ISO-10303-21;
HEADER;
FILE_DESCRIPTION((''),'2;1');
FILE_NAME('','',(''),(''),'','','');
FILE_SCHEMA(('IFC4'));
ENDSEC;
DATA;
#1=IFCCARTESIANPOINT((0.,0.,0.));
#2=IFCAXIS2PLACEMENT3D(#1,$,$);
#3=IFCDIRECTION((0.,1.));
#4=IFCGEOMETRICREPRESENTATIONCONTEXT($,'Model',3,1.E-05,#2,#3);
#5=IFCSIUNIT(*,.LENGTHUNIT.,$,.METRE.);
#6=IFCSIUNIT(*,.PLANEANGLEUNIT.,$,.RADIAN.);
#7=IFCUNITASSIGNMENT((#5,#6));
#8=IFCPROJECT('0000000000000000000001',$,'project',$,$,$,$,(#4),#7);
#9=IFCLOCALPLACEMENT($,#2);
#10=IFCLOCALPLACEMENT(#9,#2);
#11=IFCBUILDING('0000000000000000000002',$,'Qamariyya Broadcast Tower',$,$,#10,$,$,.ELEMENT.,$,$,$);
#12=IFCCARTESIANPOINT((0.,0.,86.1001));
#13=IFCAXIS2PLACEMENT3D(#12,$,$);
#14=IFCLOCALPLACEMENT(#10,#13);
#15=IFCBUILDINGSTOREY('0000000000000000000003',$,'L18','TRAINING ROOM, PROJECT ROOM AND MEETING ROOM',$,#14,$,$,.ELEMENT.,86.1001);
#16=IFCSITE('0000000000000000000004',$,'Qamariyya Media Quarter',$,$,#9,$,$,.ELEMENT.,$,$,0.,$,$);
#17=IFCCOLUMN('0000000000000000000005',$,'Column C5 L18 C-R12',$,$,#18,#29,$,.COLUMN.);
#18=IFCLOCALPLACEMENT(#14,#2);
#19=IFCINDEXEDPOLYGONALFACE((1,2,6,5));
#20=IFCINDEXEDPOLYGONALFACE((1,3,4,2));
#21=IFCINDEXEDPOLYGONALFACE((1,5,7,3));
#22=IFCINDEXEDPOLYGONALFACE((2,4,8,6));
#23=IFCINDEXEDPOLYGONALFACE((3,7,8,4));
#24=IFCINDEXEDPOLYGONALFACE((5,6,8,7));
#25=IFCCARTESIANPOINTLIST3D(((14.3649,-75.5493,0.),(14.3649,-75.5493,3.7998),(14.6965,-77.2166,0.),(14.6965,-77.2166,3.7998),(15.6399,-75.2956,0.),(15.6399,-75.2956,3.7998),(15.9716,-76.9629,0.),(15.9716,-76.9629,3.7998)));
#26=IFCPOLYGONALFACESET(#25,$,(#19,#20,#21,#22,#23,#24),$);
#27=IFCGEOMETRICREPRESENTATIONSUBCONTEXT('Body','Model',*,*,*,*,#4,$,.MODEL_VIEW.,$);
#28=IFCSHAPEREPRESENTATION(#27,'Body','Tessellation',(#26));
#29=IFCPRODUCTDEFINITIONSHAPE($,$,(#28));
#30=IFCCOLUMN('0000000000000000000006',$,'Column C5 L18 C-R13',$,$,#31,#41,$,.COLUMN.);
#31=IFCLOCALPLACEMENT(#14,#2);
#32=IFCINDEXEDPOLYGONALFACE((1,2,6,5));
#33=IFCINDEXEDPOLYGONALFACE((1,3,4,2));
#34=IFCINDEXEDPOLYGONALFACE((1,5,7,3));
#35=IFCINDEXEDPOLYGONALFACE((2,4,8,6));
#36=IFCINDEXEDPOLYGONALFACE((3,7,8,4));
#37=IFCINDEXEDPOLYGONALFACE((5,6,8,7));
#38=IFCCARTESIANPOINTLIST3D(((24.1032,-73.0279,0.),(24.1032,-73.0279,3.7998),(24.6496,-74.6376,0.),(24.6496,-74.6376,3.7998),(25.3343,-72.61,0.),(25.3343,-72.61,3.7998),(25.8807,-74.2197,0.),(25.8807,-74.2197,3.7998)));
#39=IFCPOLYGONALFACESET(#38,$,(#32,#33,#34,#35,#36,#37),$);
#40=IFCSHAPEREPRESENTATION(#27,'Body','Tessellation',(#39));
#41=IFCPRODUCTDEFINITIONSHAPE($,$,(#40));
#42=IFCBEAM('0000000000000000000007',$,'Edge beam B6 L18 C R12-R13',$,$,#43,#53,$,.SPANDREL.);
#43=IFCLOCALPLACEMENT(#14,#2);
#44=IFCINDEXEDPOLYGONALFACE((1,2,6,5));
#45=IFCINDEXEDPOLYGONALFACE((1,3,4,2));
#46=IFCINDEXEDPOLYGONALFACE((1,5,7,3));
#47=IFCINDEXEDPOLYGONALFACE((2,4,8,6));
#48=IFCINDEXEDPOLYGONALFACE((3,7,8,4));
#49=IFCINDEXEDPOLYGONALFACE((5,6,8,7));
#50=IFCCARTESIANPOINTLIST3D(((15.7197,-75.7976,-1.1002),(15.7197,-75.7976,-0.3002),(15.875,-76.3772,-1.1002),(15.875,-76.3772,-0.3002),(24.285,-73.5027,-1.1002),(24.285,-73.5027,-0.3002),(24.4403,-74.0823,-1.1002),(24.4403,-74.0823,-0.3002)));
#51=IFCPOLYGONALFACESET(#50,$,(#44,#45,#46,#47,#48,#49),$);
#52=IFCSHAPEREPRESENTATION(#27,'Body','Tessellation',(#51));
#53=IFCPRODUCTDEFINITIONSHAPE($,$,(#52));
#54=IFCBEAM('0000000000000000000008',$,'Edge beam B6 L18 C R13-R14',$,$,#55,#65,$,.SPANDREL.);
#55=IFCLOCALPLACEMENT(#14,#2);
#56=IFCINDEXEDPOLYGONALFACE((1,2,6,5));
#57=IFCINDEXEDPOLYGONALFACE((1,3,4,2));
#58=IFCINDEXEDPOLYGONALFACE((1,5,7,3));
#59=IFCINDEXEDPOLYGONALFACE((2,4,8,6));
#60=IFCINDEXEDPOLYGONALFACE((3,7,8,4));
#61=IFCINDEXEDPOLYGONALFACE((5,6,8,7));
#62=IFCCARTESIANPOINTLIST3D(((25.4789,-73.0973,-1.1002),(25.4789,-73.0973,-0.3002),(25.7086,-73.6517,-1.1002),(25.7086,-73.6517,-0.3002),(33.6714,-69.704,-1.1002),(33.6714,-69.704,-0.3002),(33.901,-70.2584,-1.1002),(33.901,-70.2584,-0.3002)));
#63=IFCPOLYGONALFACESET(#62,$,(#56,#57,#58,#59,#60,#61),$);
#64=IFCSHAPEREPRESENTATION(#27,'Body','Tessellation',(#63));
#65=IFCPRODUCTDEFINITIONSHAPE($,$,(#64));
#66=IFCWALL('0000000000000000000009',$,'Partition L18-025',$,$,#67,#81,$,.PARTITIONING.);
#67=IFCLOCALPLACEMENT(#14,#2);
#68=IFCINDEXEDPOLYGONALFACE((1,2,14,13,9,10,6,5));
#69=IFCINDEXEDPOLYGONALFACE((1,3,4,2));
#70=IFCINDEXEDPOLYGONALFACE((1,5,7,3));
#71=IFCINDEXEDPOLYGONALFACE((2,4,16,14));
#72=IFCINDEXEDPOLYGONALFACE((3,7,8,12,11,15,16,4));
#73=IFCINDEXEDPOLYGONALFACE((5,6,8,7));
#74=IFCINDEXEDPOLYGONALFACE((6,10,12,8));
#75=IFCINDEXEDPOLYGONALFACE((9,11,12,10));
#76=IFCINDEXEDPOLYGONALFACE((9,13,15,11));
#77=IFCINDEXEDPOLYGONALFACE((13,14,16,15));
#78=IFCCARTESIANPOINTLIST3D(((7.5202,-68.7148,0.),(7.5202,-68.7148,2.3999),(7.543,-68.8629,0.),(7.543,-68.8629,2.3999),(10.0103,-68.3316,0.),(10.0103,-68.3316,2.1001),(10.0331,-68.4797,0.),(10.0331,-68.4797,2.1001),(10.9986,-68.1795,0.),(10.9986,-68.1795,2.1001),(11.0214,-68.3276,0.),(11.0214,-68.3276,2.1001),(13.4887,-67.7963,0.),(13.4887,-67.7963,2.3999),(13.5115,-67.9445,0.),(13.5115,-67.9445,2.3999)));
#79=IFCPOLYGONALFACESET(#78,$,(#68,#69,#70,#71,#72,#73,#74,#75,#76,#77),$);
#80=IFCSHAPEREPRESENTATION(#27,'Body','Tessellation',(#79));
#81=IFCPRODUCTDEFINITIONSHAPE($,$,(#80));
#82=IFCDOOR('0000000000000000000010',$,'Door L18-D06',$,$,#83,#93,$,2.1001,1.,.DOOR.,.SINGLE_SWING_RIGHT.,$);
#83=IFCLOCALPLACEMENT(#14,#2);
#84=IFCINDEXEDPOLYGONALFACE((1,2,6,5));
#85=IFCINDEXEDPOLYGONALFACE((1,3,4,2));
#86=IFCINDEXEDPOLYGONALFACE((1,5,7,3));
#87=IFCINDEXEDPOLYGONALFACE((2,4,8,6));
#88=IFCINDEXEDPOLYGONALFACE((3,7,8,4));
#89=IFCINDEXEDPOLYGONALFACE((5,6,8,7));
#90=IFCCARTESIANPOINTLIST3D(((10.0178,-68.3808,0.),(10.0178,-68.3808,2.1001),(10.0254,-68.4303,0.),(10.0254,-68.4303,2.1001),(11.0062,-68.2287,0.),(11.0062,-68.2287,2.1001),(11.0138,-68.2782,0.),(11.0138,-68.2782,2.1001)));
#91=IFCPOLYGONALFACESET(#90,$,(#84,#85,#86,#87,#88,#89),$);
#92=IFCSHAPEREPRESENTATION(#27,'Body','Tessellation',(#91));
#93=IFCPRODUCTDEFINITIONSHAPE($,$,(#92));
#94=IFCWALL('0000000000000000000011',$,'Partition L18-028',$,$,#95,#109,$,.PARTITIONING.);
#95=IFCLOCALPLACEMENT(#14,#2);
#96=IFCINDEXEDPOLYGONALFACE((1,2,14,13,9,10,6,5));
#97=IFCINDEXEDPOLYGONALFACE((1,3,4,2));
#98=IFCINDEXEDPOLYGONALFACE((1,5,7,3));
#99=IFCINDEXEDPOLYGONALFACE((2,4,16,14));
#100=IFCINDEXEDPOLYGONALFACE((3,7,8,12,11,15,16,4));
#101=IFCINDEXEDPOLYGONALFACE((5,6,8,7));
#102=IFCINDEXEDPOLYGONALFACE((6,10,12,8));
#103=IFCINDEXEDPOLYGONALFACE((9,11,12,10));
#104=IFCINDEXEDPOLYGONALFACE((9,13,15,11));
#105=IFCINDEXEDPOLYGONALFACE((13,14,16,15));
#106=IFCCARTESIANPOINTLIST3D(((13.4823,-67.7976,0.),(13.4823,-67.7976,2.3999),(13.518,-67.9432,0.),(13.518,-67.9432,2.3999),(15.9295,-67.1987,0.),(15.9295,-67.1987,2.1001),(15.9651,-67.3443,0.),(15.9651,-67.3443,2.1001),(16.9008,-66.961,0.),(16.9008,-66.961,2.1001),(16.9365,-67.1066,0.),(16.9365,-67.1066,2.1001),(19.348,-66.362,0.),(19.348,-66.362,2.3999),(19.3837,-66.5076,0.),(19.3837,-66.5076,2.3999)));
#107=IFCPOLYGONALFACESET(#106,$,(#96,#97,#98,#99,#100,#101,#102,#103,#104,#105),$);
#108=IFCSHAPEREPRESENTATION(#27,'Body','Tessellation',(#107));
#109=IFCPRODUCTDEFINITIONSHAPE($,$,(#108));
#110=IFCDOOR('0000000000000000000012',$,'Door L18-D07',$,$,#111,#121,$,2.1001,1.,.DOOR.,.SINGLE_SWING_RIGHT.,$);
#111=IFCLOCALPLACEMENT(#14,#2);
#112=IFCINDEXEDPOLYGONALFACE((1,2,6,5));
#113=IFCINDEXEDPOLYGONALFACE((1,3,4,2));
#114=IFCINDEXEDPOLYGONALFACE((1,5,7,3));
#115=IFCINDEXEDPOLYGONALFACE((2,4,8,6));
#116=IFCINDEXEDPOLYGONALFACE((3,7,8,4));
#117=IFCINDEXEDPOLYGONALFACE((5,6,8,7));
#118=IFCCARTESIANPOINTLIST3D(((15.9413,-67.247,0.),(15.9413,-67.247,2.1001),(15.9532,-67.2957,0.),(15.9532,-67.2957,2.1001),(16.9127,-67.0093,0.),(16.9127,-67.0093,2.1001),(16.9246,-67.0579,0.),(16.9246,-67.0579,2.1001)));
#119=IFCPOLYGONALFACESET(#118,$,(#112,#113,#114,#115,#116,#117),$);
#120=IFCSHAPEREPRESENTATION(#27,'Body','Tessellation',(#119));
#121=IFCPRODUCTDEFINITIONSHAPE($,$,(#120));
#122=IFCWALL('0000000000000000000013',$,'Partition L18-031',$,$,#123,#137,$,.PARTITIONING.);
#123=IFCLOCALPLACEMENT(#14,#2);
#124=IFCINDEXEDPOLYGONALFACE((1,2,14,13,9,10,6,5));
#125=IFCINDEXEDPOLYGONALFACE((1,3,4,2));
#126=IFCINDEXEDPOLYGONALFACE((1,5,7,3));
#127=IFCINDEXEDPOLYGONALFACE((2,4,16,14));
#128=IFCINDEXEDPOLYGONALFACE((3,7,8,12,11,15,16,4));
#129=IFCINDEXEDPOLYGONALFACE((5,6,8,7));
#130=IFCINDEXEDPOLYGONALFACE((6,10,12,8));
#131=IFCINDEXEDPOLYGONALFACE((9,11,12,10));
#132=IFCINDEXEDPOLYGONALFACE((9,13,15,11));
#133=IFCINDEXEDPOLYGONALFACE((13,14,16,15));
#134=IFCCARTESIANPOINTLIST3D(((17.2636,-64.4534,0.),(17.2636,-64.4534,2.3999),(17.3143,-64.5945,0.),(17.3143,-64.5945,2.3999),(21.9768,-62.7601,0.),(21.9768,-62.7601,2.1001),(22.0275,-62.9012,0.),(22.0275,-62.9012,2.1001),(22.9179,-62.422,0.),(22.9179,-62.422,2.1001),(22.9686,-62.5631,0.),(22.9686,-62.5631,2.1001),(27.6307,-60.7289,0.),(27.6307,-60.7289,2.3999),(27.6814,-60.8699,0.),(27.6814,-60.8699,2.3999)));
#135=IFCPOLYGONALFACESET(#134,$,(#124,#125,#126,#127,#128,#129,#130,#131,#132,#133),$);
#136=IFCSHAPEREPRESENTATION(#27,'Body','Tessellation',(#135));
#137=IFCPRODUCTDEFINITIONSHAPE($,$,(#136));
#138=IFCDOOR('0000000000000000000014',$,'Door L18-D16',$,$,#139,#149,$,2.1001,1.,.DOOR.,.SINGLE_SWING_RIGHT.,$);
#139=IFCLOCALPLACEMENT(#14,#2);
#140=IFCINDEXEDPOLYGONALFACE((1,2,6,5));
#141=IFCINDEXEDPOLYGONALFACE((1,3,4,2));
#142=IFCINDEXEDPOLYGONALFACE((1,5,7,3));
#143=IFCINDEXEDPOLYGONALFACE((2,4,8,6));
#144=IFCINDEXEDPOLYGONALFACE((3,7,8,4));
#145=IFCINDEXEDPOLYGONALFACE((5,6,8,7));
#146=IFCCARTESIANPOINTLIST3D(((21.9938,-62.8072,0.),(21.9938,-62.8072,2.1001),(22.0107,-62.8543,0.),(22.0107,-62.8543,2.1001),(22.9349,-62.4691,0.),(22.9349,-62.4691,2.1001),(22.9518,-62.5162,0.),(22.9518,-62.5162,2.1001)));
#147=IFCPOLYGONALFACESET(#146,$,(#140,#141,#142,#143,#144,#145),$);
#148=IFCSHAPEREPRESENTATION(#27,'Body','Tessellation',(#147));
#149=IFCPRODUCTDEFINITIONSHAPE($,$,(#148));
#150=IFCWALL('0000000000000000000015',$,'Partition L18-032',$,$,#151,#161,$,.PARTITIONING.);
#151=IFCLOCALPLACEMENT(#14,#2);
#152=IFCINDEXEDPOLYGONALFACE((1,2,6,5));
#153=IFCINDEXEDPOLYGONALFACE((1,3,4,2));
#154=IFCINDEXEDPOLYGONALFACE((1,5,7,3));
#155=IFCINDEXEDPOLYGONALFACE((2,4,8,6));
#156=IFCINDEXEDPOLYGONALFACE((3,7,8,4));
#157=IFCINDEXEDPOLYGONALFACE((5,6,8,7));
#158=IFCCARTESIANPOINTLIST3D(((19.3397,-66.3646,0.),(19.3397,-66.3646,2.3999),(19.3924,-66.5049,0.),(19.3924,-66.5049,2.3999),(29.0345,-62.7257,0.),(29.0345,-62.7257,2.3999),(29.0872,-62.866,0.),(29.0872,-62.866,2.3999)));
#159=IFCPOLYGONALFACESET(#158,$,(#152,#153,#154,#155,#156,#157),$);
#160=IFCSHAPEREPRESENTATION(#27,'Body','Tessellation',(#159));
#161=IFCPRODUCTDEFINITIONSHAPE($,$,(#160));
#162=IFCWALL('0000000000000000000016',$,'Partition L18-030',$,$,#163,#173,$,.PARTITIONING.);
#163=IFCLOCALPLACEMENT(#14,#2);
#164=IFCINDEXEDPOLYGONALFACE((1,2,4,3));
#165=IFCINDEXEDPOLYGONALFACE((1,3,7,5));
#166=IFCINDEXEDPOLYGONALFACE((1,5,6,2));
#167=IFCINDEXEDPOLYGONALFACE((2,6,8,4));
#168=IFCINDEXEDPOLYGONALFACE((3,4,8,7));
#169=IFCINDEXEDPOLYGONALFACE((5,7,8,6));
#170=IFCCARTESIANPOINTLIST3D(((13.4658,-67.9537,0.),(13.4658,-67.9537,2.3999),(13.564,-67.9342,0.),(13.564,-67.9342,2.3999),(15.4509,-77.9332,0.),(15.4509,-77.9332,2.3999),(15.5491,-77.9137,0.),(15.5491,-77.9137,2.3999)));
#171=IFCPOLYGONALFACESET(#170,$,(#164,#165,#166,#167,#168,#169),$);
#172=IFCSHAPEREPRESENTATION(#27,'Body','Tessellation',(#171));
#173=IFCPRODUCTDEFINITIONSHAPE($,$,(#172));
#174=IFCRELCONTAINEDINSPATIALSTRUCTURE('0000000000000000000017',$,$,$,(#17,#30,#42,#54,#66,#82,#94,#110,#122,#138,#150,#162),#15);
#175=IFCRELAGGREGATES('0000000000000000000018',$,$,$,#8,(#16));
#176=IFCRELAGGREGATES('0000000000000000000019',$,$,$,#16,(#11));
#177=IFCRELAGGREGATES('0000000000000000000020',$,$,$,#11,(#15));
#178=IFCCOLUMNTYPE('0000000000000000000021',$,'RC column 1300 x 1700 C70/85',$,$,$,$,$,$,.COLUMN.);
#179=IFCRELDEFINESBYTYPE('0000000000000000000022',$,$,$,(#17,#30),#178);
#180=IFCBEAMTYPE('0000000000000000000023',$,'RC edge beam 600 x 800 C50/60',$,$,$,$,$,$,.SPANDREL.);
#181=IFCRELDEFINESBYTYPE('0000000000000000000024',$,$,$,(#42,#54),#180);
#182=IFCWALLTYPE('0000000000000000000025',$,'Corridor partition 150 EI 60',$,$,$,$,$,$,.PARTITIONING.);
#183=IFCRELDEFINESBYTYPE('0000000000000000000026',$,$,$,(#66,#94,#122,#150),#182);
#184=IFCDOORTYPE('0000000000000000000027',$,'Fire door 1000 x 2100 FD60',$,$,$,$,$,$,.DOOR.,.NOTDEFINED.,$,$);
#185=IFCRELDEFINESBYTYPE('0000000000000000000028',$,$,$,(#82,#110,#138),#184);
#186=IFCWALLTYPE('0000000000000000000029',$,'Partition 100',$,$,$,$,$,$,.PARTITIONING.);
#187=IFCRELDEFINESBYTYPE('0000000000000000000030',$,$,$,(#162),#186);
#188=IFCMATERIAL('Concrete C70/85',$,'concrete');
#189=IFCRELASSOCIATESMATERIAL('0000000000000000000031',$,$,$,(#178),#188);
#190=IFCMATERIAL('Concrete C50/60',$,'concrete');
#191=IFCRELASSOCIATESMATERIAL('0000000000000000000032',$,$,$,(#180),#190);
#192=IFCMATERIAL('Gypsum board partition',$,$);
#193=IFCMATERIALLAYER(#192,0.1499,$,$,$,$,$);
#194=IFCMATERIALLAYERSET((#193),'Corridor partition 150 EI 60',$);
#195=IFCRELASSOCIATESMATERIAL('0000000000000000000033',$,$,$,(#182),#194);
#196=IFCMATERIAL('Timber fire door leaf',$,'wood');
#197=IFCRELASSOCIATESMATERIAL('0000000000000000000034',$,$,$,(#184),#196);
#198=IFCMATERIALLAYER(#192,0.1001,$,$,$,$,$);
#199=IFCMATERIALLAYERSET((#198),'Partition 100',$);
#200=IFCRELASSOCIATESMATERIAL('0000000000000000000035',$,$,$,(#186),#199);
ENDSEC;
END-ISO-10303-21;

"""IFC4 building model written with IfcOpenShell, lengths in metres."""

from ifc_helpers import new_model, si_unit, direction, frame, frame_2d, origin, origin_2d, place, context, subcontext, project, spatial, rectangle, extrude, material, layer, layer_set, material_profile, profile_set, type_object, element, fill, save


model = new_model("IFC4")

# Units and contexts
model_context = context("Model", 3, precision=1e-05, world=origin(), true_north=direction((0.0, 1.0)))
body_context = subcontext(model_context, "Body", "Model", "MODEL_VIEW")
ifc_project = project(units=[si_unit("LENGTHUNIT", "METRE"), si_unit("PLANEANGLEUNIT", "RADIAN")], contexts=[model_context])

# Site, building, storey
site_placement = place(None, origin())
site = spatial("IfcSite", under=ifc_project, at=site_placement, Name="Qamariyya Media Quarter", CompositionType="ELEMENT", RefElevation=0.0)
building_placement = place(site_placement, origin())
building = spatial("IfcBuilding", under=site, at=building_placement, Name="Qamariyya Broadcast Tower", CompositionType="ELEMENT")
storey_placement = place(building_placement, frame((0.0, 0.0, 86.1001)))
storey = spatial("IfcBuildingStorey", under=building, at=storey_placement, Name="L18", Description="TRAINING ROOM, PROJECT ROOM AND MEETING ROOM", CompositionType="ELEMENT", Elevation=86.1001)

# Columns
ifc_material_1 = material(Name="Concrete C70/85", Category="concrete")
ifc_material_profile_1 = material_profile(ifc_material_1, rectangle(XDim=1.3, YDim=1.7, at=origin_2d()))
ifc_profile_set_1 = profile_set([ifc_material_profile_1], Name="Concrete C70/85")
column_type = type_object("IfcColumnType", Name="RC column 1300 x 1700 C70/85", PredefinedType="COLUMN", material=ifc_profile_set_1)
for number, where, z_axis, x_axis, name in (
    (1, (15.1682, -76.2561, 0.0), (0.0, 0.0, 1.0), (0.980785, 0.19509, 0.0), "Column C5 L18 C-R12"),
    (2, (24.9919, -73.6238, 0.0), (0.0, 0.0, 1.0), (0.94693, 0.321439, 0.0), "Column C5 L18 C-R13"),
):
    element("IfcColumn", number, at=place(storey_placement, frame(where, z_axis=z_axis, x_axis=x_axis)), inside=storey, type_object=column_type, Name=name, PredefinedType="COLUMN", context=body_context, shape_type="SweptSolid", body=[
        extrude(rectangle(XDim=1.3, YDim=1.7, at=origin_2d()), origin(), (0.0, 0.0, 1.0), 3.7998),
    ])

# Beams
ifc_material_2 = material(Name="Concrete C50/60", Category="concrete")
ifc_material_profile_2 = material_profile(ifc_material_2, rectangle(XDim=0.6001, YDim=0.8, at=origin_2d()))
ifc_profile_set_2 = profile_set([ifc_material_profile_2], Name="Concrete C50/60")
beam_type = type_object("IfcBeamType", Name="RC edge beam 600 x 800 C50/60", PredefinedType="SPANDREL", material=ifc_profile_set_2)
for number, where, z_axis, x_axis, name in (
    (3, (15.7974, -76.0874, -0.7002), (0.965931, 0.2588, 0.0), (-0.2588, 0.965931, 0.0), "Edge beam B6 L18 C R12-R13"),
    (4, (25.5938, -73.3745, -0.7002), (0.923883, 0.382675, 0.0), (-0.382675, 0.923883, 0.0), "Edge beam B6 L18 C R13-R14"),
):
    element("IfcBeam", number, at=place(storey_placement, frame(where, z_axis=z_axis, x_axis=x_axis)), inside=storey, type_object=beam_type, Name=name, PredefinedType="SPANDREL", context=body_context, shape_type="SweptSolid", body=[
        extrude(rectangle(XDim=0.6001, YDim=0.8, at=origin_2d()), origin(), (0.0, 0.0, 1.0), 8.8674),
    ])

# Walls, openings, doors
ifc_material_3 = material(Name="Gypsum board partition")
ifc_layer_1 = layer(ifc_material_3, 0.1499)
ifc_layer_set_1 = layer_set([ifc_layer_1], Name="Corridor partition 150 EI 60")
wall_type_1 = type_object("IfcWallType", Name="Corridor partition 150 EI 60", PredefinedType="PARTITIONING", material=ifc_layer_set_1)
wall_1_placement = place(storey_placement, frame((13.5002, -67.8704, 0.0), z_axis=(0.0, 0.0, 1.0), x_axis=(-0.988366, -0.152094, 0.0)))
wall_1 = element("IfcWall", 5, at=wall_1_placement, inside=storey, type_object=wall_type_1, Name="Partition L18-025", PredefinedType="PARTITIONING", context=body_context, shape_type="SweptSolid", body=[
    extrude(rectangle(XDim=6.0388, YDim=0.1499, at=frame_2d((3.0195, 0.0))), origin(), (0.0, 0.0, 1.0), 2.3999),
])
opening_1_placement = place(wall_1_placement, frame((2.5195, 0.0, 0.0)))
opening_1 = element("IfcOpeningElement", 6, at=opening_1_placement, cuts=wall_1, PredefinedType="OPENING", context=body_context, shape_type="SweptSolid", body=[
    extrude(rectangle(XDim=1.0, YDim=2.1001, at=frame_2d((0.5, 1.05))), frame((0.0, 0.085, 0.0), z_axis=(0.0, -1.0, 0.0), x_axis=(1.0, 0.0, 0.0)), (0.0, 0.0, 1.0), 0.1699),
])
ifc_material_4 = material(Name="Timber fire door leaf", Category="wood")
door_type = type_object("IfcDoorType", Name="Fire door 1000 x 2100 FD60", OperationType="NOTDEFINED", PredefinedType="DOOR", material=ifc_material_4)
door_1_placement = place(opening_1_placement, origin())
door_1 = element("IfcDoor", 7, at=door_1_placement, inside=storey, type_object=door_type, Name="Door L18-D06", OperationType="SINGLE_SWING_RIGHT", OverallHeight=2.1001, OverallWidth=1.0, PredefinedType="DOOR", context=body_context, shape_type="SweptSolid", body=[
    extrude(rectangle(XDim=1.0, YDim=2.1001, at=frame_2d((0.5, 1.05))), frame((0.0, 0.0249, 0.0), z_axis=(0.0, -1.0, 0.0), x_axis=(1.0, 0.0, 0.0)), (0.0, 0.0, 1.0), 0.05),
])
fill(opening_1, door_1)
wall_2_placement = place(storey_placement, frame((19.366, -66.4348, 0.0), z_axis=(0.0, 0.0, 1.0), x_axis=(-0.971334, -0.237719, 0.0)))
wall_2 = element("IfcWall", 8, at=wall_2_placement, inside=storey, type_object=wall_type_1, Name="Partition L18-028", PredefinedType="PARTITIONING", context=body_context, shape_type="SweptSolid", body=[
    extrude(rectangle(XDim=6.0388, YDim=0.1499, at=frame_2d((3.0195, 0.0))), origin(), (0.0, 0.0, 1.0), 2.3999),
])
opening_2_placement = place(wall_2_placement, frame((2.5195, 0.0, 0.0)))
opening_2 = element("IfcOpeningElement", 9, at=opening_2_placement, cuts=wall_2, PredefinedType="OPENING", context=body_context, shape_type="SweptSolid", body=[
    extrude(rectangle(XDim=1.0, YDim=2.1001, at=frame_2d((0.5, 1.05))), frame((0.0, 0.085, 0.0), z_axis=(0.0, -1.0, 0.0), x_axis=(1.0, 0.0, 0.0)), (0.0, 0.0, 1.0), 0.1699),
])
door_2_placement = place(opening_2_placement, origin())
door_2 = element("IfcDoor", 10, at=door_2_placement, inside=storey, type_object=door_type, Name="Door L18-D07", OperationType="SINGLE_SWING_RIGHT", OverallHeight=2.1001, OverallWidth=1.0, PredefinedType="DOOR", context=body_context, shape_type="SweptSolid", body=[
    extrude(rectangle(XDim=1.0, YDim=2.1001, at=frame_2d((0.5, 1.05))), frame((0.0, 0.0249, 0.0), z_axis=(0.0, -1.0, 0.0), x_axis=(1.0, 0.0, 0.0)), (0.0, 0.0, 1.0), 0.05),
])
fill(opening_2, door_2)
wall_3_placement = place(storey_placement, frame((17.2891, -64.5239, 0.0), z_axis=(0.0, 0.0, 1.0), x_axis=(0.941106, 0.33811, 0.0)))
wall_3 = element("IfcWall", 11, at=wall_3_placement, inside=storey, type_object=wall_type_1, Name="Partition L18-031", PredefinedType="PARTITIONING", context=body_context, shape_type="SweptSolid", body=[
    extrude(rectangle(XDim=11.0159, YDim=0.1499, at=frame_2d((5.5078, 0.0))), origin(), (0.0, 0.0, 1.0), 2.3999),
])
opening_3_placement = place(wall_3_placement, frame((5.0081, 0.0, 0.0)))
opening_3 = element("IfcOpeningElement", 12, at=opening_3_placement, cuts=wall_3, PredefinedType="OPENING", context=body_context, shape_type="SweptSolid", body=[
    extrude(rectangle(XDim=1.0, YDim=2.1001, at=frame_2d((0.5, 1.05))), frame((0.0, 0.085, 0.0), z_axis=(0.0, -1.0, 0.0), x_axis=(1.0, 0.0, 0.0)), (0.0, 0.0, 1.0), 0.1699),
])
door_3_placement = place(opening_3_placement, origin())
door_3 = element("IfcDoor", 13, at=door_3_placement, inside=storey, type_object=door_type, Name="Door L18-D16", OperationType="SINGLE_SWING_RIGHT", OverallHeight=2.1001, OverallWidth=1.0, PredefinedType="DOOR", context=body_context, shape_type="SweptSolid", body=[
    extrude(rectangle(XDim=1.0, YDim=2.1001, at=frame_2d((0.5, 1.05))), frame((0.0, 0.0249, 0.0), z_axis=(0.0, -1.0, 0.0), x_axis=(1.0, 0.0, 0.0)), (0.0, 0.0, 1.0), 0.05),
])
fill(opening_3, door_3)

# Walls
wall_4_placement = place(storey_placement, frame((19.366, -66.4348, 0.0), z_axis=(0.0, 0.0, 1.0), x_axis=(0.936223, 0.351408, 0.0)))
element("IfcWall", 14, at=wall_4_placement, inside=storey, type_object=wall_type_1, Name="Partition L18-032", PredefinedType="PARTITIONING", context=body_context, shape_type="SweptSolid", body=[
    extrude(rectangle(XDim=10.3552, YDim=0.1499, at=frame_2d((5.1777, 0.0))), origin(), (0.0, 0.0, 1.0), 2.3999),
])
ifc_layer_2 = layer(ifc_material_3, 0.1001)
ifc_layer_set_2 = layer_set([ifc_layer_2], Name="Partition 100")
wall_type_2 = type_object("IfcWallType", Name="Partition 100", PredefinedType="PARTITIONING", material=ifc_layer_set_2)
wall_5_placement = place(storey_placement, frame((15.5, -77.9233, 0.0), z_axis=(0.0, 0.0, 1.0), x_axis=(-0.195096, 0.980784, 0.0)))
element("IfcWall", 15, at=wall_5_placement, inside=storey, type_object=wall_type_2, Name="Partition L18-030", PredefinedType="PARTITIONING", context=body_context, shape_type="SweptSolid", body=[
    extrude(rectangle(XDim=10.175, YDim=0.1001, at=frame_2d((5.0874, 0.0))), origin(), (0.0, 0.0, 1.0), 2.3999),
])

save(model, "model.ifc")
